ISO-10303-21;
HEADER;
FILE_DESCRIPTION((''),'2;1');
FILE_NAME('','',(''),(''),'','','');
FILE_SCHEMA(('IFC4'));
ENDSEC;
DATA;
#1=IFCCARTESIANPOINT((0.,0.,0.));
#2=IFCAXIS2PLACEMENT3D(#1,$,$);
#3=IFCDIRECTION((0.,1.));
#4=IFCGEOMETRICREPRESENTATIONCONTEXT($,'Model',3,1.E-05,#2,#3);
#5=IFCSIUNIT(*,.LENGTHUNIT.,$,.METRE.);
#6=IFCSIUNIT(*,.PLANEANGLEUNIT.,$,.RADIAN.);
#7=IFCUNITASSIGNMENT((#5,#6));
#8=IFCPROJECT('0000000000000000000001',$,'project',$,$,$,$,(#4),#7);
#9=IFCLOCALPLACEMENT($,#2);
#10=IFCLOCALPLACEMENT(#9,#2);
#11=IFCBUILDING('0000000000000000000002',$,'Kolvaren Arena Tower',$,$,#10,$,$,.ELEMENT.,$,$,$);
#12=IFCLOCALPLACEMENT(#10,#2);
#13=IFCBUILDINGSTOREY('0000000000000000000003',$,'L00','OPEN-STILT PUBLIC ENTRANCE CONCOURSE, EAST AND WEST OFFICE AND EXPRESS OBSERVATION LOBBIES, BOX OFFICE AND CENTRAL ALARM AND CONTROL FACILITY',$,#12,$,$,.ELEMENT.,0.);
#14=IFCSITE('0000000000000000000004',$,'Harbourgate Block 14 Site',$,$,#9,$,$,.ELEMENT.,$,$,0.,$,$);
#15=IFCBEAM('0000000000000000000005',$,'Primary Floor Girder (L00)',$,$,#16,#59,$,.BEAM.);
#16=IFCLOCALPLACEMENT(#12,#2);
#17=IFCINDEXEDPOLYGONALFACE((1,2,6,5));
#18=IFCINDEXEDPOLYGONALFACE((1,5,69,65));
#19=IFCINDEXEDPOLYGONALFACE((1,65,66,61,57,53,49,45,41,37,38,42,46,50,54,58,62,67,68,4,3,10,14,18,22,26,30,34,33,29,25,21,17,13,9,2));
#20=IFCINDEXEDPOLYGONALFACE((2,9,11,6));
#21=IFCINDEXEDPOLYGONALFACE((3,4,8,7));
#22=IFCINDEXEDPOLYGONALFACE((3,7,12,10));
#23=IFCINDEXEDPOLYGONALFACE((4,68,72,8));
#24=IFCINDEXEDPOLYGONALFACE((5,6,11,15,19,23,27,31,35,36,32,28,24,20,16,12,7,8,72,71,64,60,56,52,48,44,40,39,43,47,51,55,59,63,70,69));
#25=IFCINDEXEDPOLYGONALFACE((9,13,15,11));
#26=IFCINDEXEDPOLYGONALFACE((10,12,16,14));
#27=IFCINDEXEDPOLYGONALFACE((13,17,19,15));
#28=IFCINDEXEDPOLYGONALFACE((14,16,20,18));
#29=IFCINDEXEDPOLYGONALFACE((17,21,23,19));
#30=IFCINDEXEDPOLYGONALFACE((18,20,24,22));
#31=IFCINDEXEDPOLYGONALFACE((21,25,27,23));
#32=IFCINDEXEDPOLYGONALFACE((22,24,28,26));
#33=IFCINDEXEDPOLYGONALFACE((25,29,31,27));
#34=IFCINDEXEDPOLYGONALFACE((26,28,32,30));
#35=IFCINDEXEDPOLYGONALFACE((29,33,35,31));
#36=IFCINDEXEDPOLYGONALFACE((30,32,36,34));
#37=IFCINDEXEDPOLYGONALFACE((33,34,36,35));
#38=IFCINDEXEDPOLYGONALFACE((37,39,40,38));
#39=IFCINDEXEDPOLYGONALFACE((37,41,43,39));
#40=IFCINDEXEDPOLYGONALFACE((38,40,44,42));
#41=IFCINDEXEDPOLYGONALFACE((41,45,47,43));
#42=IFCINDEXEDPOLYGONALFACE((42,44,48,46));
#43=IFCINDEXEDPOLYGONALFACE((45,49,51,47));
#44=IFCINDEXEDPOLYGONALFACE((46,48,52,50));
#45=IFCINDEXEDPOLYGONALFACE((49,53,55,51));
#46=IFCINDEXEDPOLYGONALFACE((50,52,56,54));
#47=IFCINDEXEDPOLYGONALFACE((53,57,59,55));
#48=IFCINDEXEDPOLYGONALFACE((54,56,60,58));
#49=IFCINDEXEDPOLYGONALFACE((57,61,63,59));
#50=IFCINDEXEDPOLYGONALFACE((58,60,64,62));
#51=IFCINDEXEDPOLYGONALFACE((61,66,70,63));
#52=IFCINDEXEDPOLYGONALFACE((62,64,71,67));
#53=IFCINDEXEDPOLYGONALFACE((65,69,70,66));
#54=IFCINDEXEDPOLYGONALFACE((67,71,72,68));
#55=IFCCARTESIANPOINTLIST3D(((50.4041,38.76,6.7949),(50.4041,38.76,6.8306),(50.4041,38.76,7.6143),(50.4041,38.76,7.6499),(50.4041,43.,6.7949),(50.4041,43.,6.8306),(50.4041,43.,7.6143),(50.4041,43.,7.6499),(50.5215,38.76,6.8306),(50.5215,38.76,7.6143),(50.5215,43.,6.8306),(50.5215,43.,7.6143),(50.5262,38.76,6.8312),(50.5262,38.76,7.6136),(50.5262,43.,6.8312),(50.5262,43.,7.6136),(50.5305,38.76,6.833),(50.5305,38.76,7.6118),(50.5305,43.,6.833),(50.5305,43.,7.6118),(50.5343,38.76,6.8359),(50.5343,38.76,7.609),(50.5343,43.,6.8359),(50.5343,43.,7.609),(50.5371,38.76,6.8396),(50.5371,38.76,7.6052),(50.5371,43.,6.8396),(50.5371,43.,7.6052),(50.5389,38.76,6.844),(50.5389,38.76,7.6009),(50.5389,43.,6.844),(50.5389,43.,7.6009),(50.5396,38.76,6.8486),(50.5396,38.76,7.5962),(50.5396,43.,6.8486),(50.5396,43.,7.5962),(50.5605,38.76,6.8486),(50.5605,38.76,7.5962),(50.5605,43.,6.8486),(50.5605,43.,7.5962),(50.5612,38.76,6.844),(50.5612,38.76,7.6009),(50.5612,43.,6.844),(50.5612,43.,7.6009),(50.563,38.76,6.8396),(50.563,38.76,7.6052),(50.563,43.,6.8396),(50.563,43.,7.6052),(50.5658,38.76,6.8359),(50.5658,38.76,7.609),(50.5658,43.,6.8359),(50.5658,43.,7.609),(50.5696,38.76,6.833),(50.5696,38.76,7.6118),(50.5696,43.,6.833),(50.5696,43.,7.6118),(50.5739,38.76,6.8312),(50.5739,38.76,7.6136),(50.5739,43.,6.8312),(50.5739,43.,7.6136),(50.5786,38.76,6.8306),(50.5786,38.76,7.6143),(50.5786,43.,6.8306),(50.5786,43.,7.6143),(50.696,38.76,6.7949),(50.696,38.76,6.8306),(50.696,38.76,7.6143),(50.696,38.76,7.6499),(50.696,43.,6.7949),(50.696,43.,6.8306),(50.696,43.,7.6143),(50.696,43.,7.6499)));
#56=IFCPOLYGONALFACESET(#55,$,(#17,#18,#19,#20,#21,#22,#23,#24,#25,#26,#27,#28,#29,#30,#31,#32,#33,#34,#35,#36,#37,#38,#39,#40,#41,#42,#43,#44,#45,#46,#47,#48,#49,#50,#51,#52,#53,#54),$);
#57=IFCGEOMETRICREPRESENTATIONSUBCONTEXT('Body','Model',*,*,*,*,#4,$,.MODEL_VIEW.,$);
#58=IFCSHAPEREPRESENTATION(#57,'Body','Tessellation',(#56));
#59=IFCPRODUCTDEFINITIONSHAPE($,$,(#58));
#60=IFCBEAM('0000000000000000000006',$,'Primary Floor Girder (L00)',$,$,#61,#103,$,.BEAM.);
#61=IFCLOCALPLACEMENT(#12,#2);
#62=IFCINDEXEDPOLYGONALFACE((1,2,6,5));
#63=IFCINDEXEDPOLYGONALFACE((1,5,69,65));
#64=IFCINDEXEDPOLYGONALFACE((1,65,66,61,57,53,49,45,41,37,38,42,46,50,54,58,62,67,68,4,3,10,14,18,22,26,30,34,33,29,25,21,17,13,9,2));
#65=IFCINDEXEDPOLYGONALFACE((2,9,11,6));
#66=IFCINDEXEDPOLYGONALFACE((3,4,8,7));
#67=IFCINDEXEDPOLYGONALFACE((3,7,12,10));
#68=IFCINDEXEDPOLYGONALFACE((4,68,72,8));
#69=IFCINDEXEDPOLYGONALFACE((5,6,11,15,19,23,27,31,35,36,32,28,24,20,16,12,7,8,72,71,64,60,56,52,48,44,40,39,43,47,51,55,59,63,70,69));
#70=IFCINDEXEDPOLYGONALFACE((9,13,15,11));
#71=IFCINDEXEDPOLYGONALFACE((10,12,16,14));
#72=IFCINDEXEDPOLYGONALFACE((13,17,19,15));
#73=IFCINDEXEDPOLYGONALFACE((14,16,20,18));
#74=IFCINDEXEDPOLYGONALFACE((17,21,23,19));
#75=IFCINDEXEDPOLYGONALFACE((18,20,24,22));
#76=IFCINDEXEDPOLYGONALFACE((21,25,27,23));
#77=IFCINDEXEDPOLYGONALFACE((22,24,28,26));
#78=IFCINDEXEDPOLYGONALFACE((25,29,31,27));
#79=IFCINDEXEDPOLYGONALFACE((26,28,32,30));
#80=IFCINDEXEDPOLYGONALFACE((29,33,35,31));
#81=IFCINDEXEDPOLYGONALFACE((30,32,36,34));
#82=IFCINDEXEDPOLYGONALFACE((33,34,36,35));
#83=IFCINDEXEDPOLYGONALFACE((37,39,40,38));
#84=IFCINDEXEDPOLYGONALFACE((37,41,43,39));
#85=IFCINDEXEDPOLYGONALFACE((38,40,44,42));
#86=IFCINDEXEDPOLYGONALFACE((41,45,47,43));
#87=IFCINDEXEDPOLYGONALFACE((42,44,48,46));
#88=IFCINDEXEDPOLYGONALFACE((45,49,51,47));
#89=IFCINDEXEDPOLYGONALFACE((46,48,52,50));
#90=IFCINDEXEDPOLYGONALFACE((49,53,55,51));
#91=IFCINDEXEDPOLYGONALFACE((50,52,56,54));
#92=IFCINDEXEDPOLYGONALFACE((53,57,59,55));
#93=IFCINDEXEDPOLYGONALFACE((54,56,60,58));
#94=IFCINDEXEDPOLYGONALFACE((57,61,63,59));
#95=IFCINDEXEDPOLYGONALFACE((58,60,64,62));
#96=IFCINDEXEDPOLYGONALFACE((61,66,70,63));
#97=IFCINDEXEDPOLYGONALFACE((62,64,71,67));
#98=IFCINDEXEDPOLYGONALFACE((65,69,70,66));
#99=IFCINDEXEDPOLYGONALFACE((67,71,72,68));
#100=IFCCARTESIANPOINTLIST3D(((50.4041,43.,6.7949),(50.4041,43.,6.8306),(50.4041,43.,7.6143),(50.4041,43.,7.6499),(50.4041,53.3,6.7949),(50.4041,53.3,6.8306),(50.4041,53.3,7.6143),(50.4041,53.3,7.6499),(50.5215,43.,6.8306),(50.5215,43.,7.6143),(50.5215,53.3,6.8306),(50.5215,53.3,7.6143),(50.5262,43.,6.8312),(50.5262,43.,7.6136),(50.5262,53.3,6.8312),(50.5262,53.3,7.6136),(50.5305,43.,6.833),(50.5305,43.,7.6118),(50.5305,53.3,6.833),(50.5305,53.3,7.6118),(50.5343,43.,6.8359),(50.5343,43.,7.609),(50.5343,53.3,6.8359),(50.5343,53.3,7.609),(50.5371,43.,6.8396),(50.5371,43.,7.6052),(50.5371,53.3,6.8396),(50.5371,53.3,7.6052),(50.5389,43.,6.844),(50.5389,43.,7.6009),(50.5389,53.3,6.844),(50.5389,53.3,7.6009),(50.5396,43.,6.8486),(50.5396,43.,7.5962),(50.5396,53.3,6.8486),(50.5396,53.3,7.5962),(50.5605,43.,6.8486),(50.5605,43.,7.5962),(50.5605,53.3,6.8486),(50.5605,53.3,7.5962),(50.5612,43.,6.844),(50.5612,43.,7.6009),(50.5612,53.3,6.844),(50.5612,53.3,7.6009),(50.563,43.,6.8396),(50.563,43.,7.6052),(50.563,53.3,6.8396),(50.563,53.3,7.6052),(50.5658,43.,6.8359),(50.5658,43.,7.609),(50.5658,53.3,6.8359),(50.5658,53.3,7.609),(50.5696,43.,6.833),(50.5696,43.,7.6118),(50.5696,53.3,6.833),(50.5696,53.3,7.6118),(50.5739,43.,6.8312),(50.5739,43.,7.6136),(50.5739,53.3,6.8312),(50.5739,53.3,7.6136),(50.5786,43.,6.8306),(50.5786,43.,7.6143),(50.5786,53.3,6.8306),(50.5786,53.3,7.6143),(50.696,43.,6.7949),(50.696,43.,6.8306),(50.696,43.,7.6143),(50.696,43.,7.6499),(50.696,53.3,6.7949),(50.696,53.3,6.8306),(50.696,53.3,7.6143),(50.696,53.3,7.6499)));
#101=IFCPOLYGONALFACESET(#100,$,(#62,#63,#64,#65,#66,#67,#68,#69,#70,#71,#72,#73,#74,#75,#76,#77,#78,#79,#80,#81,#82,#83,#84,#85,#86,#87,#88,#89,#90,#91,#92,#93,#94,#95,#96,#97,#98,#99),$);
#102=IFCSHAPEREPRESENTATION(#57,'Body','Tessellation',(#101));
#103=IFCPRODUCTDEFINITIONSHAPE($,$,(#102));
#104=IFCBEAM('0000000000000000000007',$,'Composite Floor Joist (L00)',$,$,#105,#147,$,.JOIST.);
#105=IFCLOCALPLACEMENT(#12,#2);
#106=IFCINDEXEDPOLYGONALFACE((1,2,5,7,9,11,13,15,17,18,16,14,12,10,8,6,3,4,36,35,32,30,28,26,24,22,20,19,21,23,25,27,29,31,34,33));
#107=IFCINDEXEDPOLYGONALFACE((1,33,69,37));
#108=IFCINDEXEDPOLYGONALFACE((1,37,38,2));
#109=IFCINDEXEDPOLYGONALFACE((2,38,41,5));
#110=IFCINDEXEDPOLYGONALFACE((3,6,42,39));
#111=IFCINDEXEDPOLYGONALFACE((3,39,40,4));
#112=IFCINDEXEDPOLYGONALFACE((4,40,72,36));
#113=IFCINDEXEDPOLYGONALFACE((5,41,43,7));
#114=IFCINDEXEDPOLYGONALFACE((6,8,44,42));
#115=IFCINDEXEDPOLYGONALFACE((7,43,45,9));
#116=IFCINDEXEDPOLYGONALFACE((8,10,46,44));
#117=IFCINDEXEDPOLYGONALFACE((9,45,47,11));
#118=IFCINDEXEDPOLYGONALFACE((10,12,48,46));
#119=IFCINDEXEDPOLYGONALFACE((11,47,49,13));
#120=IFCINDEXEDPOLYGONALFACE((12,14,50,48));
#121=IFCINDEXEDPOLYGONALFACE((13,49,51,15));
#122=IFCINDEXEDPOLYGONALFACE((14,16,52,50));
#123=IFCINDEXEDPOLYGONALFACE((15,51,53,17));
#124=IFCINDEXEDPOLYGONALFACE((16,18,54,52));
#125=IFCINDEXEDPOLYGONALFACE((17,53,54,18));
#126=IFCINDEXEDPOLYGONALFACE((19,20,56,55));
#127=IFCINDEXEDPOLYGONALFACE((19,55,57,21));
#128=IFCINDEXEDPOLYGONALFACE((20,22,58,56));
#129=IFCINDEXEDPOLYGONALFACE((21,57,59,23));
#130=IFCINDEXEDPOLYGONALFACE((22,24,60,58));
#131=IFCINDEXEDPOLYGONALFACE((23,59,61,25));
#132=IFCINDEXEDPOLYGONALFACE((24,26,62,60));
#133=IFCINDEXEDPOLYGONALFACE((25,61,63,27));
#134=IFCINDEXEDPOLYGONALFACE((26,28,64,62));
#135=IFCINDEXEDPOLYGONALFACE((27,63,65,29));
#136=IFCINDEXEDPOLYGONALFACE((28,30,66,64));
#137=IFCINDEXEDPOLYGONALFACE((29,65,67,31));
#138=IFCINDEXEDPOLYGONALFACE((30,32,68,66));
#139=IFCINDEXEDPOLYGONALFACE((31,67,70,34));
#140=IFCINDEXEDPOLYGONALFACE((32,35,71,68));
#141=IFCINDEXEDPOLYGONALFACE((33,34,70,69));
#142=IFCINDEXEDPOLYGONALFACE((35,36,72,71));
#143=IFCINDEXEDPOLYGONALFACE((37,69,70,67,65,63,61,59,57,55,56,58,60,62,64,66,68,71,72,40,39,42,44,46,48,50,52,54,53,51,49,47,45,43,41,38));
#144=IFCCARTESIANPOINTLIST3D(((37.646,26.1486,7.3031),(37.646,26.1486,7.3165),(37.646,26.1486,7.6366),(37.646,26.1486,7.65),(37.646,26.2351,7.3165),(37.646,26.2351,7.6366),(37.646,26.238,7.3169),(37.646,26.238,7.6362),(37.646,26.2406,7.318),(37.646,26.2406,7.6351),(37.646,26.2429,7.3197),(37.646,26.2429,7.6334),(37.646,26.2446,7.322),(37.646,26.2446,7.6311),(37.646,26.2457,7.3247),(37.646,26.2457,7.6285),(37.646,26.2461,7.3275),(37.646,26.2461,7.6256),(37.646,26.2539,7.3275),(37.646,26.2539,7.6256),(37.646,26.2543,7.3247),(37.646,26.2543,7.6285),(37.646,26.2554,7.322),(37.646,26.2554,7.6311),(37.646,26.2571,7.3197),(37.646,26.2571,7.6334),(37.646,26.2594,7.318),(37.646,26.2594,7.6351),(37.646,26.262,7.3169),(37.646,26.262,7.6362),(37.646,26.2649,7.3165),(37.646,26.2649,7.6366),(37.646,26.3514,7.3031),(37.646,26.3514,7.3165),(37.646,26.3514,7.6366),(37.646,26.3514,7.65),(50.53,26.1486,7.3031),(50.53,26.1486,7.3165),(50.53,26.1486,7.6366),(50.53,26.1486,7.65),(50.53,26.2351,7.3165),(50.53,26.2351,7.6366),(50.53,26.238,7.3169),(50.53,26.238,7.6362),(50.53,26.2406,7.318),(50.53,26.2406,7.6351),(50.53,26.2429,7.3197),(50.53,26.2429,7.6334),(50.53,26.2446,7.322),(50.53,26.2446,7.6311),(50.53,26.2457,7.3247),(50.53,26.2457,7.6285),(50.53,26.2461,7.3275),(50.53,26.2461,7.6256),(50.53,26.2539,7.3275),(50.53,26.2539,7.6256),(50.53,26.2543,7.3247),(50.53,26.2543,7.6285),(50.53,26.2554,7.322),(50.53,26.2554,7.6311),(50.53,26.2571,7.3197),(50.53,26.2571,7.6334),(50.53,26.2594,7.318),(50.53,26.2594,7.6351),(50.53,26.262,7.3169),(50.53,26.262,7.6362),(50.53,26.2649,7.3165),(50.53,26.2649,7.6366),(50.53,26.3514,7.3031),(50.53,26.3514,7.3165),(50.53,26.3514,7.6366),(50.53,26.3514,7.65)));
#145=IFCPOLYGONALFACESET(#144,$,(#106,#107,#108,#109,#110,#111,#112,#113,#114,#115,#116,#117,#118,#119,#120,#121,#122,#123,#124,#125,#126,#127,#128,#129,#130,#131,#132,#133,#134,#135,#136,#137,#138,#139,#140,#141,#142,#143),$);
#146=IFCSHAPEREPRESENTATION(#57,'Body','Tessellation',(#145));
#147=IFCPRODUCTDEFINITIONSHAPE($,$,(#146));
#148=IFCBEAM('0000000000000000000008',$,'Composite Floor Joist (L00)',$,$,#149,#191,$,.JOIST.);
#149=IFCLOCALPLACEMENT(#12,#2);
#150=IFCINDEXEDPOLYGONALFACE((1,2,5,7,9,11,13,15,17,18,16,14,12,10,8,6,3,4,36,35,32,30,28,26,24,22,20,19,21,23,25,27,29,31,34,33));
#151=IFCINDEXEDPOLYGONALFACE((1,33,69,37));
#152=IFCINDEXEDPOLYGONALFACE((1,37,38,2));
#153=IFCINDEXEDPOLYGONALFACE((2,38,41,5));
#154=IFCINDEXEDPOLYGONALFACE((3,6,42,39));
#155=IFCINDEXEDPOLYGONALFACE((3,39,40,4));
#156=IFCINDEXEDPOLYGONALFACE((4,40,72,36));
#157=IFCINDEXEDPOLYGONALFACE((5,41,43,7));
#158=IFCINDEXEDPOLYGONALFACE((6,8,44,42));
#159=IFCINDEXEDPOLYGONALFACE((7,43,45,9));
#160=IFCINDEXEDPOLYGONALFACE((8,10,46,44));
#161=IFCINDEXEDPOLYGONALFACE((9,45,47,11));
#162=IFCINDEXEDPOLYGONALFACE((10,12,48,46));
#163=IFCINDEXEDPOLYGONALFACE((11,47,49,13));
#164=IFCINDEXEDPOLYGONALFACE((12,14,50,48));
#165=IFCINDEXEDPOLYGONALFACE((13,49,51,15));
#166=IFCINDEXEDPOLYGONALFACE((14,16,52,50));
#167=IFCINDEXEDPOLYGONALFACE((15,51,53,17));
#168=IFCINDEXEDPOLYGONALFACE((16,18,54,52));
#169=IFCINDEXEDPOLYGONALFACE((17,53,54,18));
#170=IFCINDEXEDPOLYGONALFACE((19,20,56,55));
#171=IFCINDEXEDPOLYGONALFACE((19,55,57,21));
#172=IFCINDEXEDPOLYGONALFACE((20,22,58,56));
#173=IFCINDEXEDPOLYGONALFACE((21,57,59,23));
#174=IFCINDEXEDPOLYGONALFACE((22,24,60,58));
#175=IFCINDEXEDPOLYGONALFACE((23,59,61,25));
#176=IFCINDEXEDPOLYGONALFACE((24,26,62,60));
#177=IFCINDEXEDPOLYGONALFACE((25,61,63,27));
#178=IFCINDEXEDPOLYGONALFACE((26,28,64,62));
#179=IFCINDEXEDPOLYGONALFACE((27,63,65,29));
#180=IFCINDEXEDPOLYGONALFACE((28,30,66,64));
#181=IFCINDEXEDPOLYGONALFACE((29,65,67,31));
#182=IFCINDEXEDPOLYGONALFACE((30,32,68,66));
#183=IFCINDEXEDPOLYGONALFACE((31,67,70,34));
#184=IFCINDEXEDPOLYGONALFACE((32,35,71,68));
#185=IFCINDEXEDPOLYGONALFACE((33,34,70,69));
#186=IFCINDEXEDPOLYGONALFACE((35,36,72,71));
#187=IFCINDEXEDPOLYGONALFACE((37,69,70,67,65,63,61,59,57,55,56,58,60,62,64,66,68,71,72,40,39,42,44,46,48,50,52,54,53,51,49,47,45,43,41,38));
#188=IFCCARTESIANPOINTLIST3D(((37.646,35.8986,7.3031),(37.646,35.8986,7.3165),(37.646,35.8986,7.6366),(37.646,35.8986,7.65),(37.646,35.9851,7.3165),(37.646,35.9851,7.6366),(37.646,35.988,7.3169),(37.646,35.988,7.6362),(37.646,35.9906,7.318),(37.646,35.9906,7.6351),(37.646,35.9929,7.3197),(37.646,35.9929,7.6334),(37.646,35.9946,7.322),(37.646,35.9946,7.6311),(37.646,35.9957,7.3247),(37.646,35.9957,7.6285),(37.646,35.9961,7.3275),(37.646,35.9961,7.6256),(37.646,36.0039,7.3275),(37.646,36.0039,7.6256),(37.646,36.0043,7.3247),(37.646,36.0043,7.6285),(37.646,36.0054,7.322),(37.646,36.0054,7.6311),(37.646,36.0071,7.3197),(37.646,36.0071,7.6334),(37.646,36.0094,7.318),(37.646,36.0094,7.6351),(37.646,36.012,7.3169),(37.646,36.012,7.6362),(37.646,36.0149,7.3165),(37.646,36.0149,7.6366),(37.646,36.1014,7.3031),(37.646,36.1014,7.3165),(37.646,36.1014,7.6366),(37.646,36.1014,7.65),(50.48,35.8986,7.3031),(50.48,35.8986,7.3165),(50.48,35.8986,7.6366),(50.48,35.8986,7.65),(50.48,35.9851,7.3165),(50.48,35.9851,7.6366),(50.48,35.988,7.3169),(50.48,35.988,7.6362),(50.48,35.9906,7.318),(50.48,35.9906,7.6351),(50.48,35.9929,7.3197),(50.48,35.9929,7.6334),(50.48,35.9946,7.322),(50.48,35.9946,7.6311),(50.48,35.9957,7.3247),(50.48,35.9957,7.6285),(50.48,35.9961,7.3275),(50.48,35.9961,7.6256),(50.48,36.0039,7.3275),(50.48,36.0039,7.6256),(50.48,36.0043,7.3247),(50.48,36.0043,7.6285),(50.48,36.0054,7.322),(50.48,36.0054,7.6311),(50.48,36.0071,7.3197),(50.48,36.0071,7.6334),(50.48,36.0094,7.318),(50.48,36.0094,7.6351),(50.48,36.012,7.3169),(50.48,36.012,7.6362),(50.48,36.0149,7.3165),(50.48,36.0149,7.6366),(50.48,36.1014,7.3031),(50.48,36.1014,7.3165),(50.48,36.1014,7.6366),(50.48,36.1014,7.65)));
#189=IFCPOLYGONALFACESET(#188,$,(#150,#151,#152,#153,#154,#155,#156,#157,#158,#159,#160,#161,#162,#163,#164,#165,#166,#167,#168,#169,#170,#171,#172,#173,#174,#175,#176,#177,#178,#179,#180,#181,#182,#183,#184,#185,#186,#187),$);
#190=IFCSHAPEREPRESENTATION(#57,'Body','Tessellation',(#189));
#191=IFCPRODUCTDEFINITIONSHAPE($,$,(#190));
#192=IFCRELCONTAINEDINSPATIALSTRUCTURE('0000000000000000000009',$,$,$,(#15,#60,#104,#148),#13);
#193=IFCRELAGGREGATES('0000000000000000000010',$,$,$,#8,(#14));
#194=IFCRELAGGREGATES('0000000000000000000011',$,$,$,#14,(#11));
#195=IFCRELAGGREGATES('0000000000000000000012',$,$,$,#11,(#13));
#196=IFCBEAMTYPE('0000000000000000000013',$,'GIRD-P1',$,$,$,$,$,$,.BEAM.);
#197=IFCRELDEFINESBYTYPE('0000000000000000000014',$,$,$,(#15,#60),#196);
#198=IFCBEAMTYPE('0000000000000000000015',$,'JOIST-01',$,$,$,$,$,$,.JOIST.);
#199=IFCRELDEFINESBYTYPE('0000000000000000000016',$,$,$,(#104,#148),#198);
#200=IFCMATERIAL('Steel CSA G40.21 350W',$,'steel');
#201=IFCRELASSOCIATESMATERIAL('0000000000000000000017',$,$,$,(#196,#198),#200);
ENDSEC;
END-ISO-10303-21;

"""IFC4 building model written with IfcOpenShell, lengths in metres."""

from ifc_helpers import new_model, si_unit, direction, frame, origin, origin_2d, place, context, subcontext, project, spatial, i_section, extrude, material, material_profile, profile_set, type_object, element, save


model = new_model("IFC4")

# Units and contexts
model_context = context("Model", 3, precision=1e-05, world=origin(), true_north=direction((0.0, 1.0)))
body_context = subcontext(model_context, "Body", "Model", "MODEL_VIEW")
ifc_project = project(units=[si_unit("LENGTHUNIT", "METRE"), si_unit("PLANEANGLEUNIT", "RADIAN")], contexts=[model_context])

# Site, building, storey
site_placement = place(None, origin())
site = spatial("IfcSite", under=ifc_project, at=site_placement, Name="Harbourgate Block 14 Site", CompositionType="ELEMENT", RefElevation=0.0)
building_placement = place(site_placement, origin())
building = spatial("IfcBuilding", under=site, at=building_placement, Name="Kolvaren Arena Tower", CompositionType="ELEMENT")
storey_placement = place(building_placement, origin())
storey = spatial("IfcBuildingStorey", under=building, at=storey_placement, Name="L00", Description="OPEN-STILT PUBLIC ENTRANCE CONCOURSE, EAST AND WEST OFFICE AND EXPRESS OBSERVATION LOBBIES, BOX OFFICE AND CENTRAL ALARM AND CONTROL FACILITY", CompositionType="ELEMENT", Elevation=0.0)

# Beams
ifc_material_1 = material(Name="Steel CSA G40.21 350W", Category="steel")
ifc_material_profile_1 = material_profile(ifc_material_1, i_section(OverallWidth=0.292, OverallDepth=0.855, WebThickness=0.021, FlangeThickness=0.0356, FilletRadius=0.0181, at=origin_2d()), Name="W840x299")
ifc_profile_set_1 = profile_set([ifc_material_profile_1], Name="Steel CSA G40.21 350W")
beam_type_1 = type_object("IfcBeamType", Name="GIRD-P1", PredefinedType="BEAM", material=ifc_profile_set_1)
beam_1_placement = place(storey_placement, frame((50.55, 38.76, 7.2224), z_axis=(0.0, 1.0, 0.0), x_axis=(-1.0, 0.0, 0.0)))
element("IfcBeam", 1, at=beam_1_placement, inside=storey, type_object=beam_type_1, Name="Primary Floor Girder (L00)", PredefinedType="BEAM", context=body_context, shape_type="SweptSolid", body=[
    extrude(i_section(OverallWidth=0.292, OverallDepth=0.855, WebThickness=0.021, FlangeThickness=0.0356, FilletRadius=0.0181, at=origin_2d()), origin(), (0.0, 0.0, 1.0), 4.24),
])
beam_2_placement = place(storey_placement, frame((50.55, 43.0, 7.2224), z_axis=(0.0, 1.0, 0.0), x_axis=(-1.0, 0.0, 0.0)))
element("IfcBeam", 2, at=beam_2_placement, inside=storey, type_object=beam_type_1, Name="Primary Floor Girder (L00)", PredefinedType="BEAM", context=body_context, shape_type="SweptSolid", body=[
    extrude(i_section(OverallWidth=0.292, OverallDepth=0.855, WebThickness=0.021, FlangeThickness=0.0356, FilletRadius=0.0181, at=origin_2d()), origin(), (0.0, 0.0, 1.0), 10.3),
])
ifc_material_profile_2 = material_profile(ifc_material_1, i_section(OverallWidth=0.2029, OverallDepth=0.3469, WebThickness=0.0078, FlangeThickness=0.0134, FilletRadius=0.011, at=origin_2d()), Name="W360x64")
ifc_profile_set_2 = profile_set([ifc_material_profile_2], Name="Steel CSA G40.21 350W")
beam_type_2 = type_object("IfcBeamType", Name="JOIST-01", PredefinedType="JOIST", material=ifc_profile_set_2)
beam_3_placement = place(storey_placement, frame((37.646, 26.25, 7.4766), z_axis=(1.0, 0.0, 0.0), x_axis=(0.0, 1.0, 0.0)))
element("IfcBeam", 3, at=beam_3_placement, inside=storey, type_object=beam_type_2, Name="Composite Floor Joist (L00)", PredefinedType="JOIST", context=body_context, shape_type="SweptSolid", body=[
    extrude(i_section(OverallWidth=0.2029, OverallDepth=0.3469, WebThickness=0.0078, FlangeThickness=0.0134, FilletRadius=0.011, at=origin_2d()), origin(), (0.0, 0.0, 1.0), 12.884),
])
beam_4_placement = place(storey_placement, frame((37.646, 36.0, 7.4766), z_axis=(1.0, 0.0, 0.0), x_axis=(0.0, 1.0, 0.0)))
element("IfcBeam", 4, at=beam_4_placement, inside=storey, type_object=beam_type_2, Name="Composite Floor Joist (L00)", PredefinedType="JOIST", context=body_context, shape_type="SweptSolid", body=[
    extrude(i_section(OverallWidth=0.2029, OverallDepth=0.3469, WebThickness=0.0078, FlangeThickness=0.0134, FilletRadius=0.011, at=origin_2d()), origin(), (0.0, 0.0, 1.0), 12.834),
])

save(model, "model.ifc")
